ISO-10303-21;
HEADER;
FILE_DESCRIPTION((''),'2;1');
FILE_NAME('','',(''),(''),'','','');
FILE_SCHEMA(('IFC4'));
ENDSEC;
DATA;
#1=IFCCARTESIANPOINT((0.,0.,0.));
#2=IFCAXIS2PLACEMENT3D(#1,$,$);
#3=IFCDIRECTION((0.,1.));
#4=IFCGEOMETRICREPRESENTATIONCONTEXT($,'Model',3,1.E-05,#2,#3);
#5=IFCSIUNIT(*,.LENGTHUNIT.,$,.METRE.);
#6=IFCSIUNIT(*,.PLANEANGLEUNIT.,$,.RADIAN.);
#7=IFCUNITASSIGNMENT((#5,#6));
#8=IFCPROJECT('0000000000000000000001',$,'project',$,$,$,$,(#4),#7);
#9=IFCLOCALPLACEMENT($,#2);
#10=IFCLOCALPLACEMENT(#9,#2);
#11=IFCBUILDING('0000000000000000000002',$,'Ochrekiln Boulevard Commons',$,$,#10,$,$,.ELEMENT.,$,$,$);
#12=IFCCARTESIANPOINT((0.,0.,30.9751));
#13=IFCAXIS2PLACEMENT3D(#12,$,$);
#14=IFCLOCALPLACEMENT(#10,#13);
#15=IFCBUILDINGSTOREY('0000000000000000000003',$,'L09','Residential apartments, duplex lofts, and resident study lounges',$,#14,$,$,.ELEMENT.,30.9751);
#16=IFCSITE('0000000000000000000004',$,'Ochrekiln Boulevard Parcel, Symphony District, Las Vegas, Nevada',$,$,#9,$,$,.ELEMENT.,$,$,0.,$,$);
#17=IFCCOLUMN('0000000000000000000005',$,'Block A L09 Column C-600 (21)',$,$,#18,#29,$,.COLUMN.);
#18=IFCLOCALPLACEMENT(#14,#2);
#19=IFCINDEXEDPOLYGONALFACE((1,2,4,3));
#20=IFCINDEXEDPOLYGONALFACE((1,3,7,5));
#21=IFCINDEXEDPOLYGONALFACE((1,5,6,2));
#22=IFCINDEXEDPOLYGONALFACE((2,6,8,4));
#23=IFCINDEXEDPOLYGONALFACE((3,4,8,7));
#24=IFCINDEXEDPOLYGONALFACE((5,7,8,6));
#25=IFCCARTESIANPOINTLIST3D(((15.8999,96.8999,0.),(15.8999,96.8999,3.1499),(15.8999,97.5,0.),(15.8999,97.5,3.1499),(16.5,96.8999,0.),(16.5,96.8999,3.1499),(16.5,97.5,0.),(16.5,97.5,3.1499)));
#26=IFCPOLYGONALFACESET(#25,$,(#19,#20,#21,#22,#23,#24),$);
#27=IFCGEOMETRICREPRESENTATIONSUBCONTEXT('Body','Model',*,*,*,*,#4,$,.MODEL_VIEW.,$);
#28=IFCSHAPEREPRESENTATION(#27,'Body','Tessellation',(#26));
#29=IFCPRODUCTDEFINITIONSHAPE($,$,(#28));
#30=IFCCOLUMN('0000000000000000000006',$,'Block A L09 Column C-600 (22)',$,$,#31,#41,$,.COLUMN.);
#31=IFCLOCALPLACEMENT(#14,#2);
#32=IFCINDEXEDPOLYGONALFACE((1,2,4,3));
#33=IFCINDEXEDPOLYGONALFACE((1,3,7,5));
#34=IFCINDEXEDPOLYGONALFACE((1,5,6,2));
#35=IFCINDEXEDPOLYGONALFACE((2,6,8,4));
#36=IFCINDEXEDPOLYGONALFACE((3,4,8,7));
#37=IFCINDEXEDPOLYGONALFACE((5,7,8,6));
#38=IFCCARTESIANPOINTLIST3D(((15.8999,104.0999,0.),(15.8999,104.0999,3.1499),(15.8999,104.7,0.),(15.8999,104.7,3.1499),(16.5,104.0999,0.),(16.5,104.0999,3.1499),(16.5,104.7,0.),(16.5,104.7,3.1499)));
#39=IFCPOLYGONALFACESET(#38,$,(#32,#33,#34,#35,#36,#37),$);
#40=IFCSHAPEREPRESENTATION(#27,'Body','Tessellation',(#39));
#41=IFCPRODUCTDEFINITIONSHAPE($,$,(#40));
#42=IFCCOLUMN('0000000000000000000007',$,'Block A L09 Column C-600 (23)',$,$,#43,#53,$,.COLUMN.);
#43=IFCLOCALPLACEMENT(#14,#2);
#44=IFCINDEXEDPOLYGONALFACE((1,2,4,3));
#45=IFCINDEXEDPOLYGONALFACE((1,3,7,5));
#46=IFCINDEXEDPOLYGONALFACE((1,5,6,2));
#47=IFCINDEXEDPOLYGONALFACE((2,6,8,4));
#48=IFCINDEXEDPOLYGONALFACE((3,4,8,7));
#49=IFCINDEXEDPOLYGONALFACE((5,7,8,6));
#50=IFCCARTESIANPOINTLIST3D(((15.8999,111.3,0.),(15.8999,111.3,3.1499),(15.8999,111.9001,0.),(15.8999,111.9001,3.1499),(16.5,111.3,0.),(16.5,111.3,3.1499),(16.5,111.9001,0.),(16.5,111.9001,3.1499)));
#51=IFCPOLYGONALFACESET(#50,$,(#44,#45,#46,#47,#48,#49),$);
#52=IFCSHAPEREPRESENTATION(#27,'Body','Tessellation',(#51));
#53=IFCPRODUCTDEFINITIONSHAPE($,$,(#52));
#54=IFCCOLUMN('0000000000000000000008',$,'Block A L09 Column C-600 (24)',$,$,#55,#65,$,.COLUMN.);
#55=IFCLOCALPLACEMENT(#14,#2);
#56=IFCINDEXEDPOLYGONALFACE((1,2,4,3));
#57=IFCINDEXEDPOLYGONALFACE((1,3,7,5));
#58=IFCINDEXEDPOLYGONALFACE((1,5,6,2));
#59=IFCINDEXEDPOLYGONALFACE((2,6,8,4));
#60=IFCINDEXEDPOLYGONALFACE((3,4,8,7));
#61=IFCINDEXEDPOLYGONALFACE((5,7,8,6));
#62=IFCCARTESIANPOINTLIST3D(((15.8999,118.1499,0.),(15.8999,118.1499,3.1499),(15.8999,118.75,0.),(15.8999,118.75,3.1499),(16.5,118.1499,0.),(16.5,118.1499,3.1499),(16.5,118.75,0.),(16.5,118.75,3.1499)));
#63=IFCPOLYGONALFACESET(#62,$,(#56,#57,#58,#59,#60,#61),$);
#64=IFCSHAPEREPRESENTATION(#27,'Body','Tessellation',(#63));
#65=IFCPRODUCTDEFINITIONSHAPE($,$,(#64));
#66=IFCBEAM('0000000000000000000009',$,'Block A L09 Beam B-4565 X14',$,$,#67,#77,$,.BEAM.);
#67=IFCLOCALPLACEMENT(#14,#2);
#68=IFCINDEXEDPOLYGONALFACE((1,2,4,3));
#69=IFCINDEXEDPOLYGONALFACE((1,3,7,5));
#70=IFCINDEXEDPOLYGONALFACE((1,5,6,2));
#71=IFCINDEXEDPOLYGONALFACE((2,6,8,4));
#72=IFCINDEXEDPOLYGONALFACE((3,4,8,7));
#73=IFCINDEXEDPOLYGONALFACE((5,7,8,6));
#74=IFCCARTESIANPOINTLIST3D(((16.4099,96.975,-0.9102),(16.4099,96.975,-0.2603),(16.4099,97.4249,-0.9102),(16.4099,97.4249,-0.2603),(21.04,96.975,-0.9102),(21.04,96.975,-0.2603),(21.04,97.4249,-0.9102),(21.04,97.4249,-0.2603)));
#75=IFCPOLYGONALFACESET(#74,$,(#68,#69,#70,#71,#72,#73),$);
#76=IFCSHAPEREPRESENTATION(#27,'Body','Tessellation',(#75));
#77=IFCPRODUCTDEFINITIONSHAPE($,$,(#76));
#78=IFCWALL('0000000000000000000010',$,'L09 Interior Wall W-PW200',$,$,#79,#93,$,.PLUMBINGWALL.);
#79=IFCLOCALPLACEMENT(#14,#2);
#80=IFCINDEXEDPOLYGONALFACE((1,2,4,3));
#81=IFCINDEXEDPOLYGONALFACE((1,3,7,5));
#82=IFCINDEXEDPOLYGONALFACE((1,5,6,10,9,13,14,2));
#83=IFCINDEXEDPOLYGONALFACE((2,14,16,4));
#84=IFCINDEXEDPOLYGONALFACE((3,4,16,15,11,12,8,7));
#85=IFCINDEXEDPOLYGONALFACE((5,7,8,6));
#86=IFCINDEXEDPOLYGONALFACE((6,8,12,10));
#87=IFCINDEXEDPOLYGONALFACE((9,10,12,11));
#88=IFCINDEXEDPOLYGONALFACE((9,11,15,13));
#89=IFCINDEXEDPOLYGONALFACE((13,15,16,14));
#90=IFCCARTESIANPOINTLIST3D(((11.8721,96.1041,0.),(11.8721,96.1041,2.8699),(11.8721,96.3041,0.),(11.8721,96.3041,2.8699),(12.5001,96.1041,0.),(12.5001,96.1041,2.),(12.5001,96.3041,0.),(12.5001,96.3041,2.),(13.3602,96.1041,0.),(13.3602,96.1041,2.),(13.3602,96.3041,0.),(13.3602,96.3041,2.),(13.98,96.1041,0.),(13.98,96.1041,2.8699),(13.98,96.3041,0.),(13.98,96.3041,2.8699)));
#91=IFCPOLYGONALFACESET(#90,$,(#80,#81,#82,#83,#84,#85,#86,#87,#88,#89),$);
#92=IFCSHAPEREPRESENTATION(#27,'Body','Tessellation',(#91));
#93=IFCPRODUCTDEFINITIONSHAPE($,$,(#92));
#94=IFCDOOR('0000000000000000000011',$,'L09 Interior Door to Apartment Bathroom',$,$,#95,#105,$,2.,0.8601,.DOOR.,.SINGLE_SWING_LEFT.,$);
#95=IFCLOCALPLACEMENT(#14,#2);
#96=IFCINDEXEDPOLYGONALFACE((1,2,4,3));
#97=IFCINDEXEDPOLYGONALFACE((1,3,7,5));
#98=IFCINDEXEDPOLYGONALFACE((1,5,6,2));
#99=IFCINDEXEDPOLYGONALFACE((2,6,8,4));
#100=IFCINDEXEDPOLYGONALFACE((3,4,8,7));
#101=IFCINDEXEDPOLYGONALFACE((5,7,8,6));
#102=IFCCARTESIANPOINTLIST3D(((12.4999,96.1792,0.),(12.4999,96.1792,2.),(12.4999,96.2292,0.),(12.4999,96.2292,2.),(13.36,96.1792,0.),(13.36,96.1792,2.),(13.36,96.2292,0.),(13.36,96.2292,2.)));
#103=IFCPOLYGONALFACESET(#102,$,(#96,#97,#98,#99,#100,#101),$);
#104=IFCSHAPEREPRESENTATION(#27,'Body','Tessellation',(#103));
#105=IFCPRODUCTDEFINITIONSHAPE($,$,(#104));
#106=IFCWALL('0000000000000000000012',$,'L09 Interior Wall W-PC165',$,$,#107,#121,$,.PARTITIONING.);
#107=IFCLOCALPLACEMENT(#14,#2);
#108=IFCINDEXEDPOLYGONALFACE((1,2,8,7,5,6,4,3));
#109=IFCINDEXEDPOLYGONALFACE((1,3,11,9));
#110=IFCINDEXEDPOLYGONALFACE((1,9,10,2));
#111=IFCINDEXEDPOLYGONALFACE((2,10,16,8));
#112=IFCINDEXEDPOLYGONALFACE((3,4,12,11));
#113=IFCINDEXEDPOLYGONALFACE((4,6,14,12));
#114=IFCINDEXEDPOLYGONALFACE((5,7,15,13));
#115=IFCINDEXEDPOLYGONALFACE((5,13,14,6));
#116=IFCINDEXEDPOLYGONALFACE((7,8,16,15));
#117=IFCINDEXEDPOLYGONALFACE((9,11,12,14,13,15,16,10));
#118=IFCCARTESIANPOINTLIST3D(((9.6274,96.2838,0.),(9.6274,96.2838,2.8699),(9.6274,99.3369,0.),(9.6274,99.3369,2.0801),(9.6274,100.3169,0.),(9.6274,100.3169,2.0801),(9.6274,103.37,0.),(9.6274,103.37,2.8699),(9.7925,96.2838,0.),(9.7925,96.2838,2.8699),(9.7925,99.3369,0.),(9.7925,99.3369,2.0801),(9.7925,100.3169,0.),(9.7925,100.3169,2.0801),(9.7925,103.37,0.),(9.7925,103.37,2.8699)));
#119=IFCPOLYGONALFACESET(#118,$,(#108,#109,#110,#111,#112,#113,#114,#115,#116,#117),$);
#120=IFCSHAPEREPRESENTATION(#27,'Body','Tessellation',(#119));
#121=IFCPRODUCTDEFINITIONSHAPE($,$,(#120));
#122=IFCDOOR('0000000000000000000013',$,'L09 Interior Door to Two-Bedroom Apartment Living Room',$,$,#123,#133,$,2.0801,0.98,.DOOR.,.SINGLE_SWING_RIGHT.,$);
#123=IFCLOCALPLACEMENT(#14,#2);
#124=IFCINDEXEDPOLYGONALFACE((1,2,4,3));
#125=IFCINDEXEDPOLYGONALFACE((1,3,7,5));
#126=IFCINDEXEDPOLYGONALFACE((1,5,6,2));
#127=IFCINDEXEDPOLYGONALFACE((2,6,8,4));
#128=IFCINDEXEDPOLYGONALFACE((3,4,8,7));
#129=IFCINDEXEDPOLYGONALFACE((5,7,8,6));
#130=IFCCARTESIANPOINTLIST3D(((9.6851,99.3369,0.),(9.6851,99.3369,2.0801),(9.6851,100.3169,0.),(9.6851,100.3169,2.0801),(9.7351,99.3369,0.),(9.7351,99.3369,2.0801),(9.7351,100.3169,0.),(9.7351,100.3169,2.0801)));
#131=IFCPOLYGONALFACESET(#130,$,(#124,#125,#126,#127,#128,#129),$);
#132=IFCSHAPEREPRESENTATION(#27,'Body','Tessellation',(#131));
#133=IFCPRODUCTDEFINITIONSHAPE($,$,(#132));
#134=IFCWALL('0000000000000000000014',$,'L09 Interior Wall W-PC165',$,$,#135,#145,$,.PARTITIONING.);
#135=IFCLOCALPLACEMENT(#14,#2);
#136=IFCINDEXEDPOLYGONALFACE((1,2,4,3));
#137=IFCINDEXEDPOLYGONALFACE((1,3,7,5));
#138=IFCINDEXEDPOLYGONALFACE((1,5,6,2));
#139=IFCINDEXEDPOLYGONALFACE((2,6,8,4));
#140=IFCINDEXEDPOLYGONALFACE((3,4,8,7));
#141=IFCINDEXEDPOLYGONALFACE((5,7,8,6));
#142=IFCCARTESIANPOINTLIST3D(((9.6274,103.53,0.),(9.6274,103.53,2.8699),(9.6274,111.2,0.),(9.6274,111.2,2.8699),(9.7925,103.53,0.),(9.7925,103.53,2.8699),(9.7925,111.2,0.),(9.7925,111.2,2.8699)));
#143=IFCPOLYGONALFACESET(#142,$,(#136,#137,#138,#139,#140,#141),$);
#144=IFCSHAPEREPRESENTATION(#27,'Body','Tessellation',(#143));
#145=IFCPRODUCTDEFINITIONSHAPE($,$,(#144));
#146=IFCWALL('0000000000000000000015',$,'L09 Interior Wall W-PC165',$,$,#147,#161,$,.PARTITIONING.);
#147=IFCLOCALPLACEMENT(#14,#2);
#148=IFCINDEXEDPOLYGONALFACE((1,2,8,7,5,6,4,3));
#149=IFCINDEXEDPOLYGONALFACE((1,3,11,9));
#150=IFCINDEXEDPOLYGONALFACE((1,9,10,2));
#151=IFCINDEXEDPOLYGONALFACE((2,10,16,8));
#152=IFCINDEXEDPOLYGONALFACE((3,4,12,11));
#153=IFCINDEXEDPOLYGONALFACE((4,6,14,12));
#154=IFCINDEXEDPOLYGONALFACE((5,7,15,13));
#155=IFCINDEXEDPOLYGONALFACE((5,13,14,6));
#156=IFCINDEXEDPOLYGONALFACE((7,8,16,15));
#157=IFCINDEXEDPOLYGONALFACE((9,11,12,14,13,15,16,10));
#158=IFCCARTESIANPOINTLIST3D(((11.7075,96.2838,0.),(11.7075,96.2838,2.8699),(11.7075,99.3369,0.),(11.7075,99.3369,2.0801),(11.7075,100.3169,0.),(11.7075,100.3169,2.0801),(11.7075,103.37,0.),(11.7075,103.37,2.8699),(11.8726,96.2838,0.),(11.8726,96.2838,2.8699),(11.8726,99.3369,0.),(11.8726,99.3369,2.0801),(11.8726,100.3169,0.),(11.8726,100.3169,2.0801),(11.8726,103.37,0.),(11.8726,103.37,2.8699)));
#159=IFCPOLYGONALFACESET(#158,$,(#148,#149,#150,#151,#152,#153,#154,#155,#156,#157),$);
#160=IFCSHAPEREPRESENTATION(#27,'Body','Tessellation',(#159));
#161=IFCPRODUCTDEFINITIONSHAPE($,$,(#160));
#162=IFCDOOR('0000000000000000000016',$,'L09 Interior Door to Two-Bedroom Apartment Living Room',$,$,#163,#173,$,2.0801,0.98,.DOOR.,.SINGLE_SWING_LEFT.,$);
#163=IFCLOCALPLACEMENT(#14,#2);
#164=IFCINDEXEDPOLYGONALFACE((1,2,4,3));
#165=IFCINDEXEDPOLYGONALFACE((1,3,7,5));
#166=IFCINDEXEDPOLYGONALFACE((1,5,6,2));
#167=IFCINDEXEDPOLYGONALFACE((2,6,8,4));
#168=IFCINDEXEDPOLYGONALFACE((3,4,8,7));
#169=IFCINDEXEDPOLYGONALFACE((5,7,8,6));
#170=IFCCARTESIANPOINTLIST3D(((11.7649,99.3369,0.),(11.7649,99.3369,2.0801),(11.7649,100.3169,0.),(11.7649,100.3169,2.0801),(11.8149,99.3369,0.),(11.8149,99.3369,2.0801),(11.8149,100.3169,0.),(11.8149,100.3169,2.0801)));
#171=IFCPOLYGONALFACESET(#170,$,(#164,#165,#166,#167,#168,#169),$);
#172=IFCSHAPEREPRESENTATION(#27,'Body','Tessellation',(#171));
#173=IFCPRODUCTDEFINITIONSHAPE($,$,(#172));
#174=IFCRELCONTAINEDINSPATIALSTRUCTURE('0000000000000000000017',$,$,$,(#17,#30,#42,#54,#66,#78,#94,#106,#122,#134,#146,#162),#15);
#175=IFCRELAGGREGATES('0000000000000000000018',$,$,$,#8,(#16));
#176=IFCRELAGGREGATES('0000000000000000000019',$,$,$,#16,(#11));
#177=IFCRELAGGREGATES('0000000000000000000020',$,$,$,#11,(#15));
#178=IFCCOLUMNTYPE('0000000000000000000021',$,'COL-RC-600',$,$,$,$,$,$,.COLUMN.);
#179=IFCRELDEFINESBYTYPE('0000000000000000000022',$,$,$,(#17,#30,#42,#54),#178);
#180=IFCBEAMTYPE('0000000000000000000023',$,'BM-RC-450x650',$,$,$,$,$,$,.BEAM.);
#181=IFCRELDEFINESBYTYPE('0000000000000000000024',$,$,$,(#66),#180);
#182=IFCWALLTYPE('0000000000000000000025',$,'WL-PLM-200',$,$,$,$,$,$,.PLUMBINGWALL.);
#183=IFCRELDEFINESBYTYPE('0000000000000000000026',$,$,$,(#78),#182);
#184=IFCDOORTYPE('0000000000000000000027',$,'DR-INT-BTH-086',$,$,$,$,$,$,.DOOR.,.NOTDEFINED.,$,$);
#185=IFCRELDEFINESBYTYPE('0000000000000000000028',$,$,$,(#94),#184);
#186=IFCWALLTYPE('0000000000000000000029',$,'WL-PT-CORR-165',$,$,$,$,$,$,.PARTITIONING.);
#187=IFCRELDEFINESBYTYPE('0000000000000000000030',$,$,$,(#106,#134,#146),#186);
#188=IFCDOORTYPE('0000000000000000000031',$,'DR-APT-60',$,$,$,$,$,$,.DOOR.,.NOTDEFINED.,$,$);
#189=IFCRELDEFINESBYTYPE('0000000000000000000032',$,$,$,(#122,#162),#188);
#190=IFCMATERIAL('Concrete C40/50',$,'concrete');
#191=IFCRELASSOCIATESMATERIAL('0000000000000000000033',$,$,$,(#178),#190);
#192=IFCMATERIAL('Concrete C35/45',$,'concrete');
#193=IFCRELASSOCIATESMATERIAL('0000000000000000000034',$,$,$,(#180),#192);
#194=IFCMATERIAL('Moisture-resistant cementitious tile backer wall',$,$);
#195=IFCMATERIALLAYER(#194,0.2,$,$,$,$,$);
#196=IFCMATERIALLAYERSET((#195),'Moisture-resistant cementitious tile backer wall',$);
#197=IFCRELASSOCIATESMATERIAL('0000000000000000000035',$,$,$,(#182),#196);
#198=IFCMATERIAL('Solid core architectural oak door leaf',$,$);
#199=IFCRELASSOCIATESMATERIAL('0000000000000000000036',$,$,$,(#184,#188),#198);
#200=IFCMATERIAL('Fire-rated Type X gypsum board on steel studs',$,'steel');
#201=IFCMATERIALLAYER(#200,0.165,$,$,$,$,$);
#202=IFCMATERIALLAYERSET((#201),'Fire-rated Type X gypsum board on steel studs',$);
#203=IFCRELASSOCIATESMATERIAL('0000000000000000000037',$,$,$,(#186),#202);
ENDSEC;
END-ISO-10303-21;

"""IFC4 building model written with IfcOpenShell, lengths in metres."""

from ifc_helpers import new_model, si_unit, direction, frame, frame_2d, origin, origin_2d, place, context, subcontext, project, spatial, rectangle, extrude, material, layer, layer_set, material_profile, profile_set, type_object, element, fill, save


model = new_model("IFC4")

# Units and contexts
model_context = context("Model", 3, precision=1e-05, world=origin(), true_north=direction((0.0, 1.0)))
body_context = subcontext(model_context, "Body", "Model", "MODEL_VIEW")
ifc_project = project(units=[si_unit("LENGTHUNIT", "METRE"), si_unit("PLANEANGLEUNIT", "RADIAN")], contexts=[model_context])

# Site, building, storey
site_placement = place(None, origin())
site = spatial("IfcSite", under=ifc_project, at=site_placement, Name="Ochrekiln Boulevard Parcel, Symphony District, Las Vegas, Nevada", CompositionType="ELEMENT", RefElevation=0.0)
building_placement = place(site_placement, origin())
building = spatial("IfcBuilding", under=site, at=building_placement, Name="Ochrekiln Boulevard Commons", CompositionType="ELEMENT")
storey_placement = place(building_placement, frame((0.0, 0.0, 30.9751)))
storey = spatial("IfcBuildingStorey", under=building, at=storey_placement, Name="L09", Description="Residential apartments, duplex lofts, and resident study lounges", CompositionType="ELEMENT", Elevation=30.9751)

# Columns
ifc_material_1 = material(Name="Concrete C40/50", Category="concrete")
ifc_material_profile_1 = material_profile(ifc_material_1, rectangle(XDim=0.6001, YDim=0.6001, at=origin_2d()), Name="RC-COL-600x600")
ifc_profile_set_1 = profile_set([ifc_material_profile_1], Name="Concrete C40/50")
column_type = type_object("IfcColumnType", Name="COL-RC-600", PredefinedType="COLUMN", material=ifc_profile_set_1)
for number, where, z_axis, x_axis, name in (
    (1, (16.2, 97.2, 0.0), (0.0, 0.0, 1.0), (1.0, 0.0, 0.0), "Block A L09 Column C-600 (21)"),
    (2, (16.2, 104.3999, 0.0), (0.0, 0.0, 1.0), (1.0, 0.0, 0.0), "Block A L09 Column C-600 (22)"),
    (3, (16.2, 111.6001, 0.0), (0.0, 0.0, 1.0), (1.0, 0.0, 0.0), "Block A L09 Column C-600 (23)"),
    (4, (16.2, 118.45, 0.0), (0.0, 0.0, 1.0), (1.0, 0.0, 0.0), "Block A L09 Column C-600 (24)"),
):
    element("IfcColumn", number, at=place(storey_placement, frame(where, z_axis=z_axis, x_axis=x_axis)), inside=storey, type_object=column_type, Name=name, PredefinedType="COLUMN", context=body_context, shape_type="SweptSolid", body=[
        extrude(rectangle(XDim=0.6001, YDim=0.6001, at=origin_2d()), origin(), (0.0, 0.0, 1.0), 3.1499),
    ])

# Beam
ifc_material_2 = material(Name="Concrete C35/45", Category="concrete")
ifc_material_profile_2 = material_profile(ifc_material_2, rectangle(XDim=0.45, YDim=0.6499, at=origin_2d()), Name="RC-BM-450x650")
ifc_profile_set_2 = profile_set([ifc_material_profile_2], Name="Concrete C35/45")
beam_type = type_object("IfcBeamType", Name="BM-RC-450x650", PredefinedType="BEAM", material=ifc_profile_set_2)
beam_placement = place(storey_placement, frame((16.4099, 97.2, -0.5852), z_axis=(1.0, 0.0, 0.0), x_axis=(0.0, 1.0, 0.0)))
element("IfcBeam", 5, at=beam_placement, inside=storey, type_object=beam_type, Name="Block A L09 Beam B-4565 X14", PredefinedType="BEAM", context=body_context, shape_type="SweptSolid", body=[
    extrude(rectangle(XDim=0.45, YDim=0.6499, at=origin_2d()), origin(), (0.0, 0.0, 1.0), 4.6301),
])

# Walls, openings, doors
ifc_material_3 = material(Name="Moisture-resistant cementitious tile backer wall")
ifc_layer_1 = layer(ifc_material_3, 0.2)
ifc_layer_set_1 = layer_set([ifc_layer_1], Name="Moisture-resistant cementitious tile backer wall")
wall_type_1 = type_object("IfcWallType", Name="WL-PLM-200", PredefinedType="PLUMBINGWALL", material=ifc_layer_set_1)
wall_1_placement = place(storey_placement, frame((11.8721, 96.2041, 0.0), z_axis=(0.0, 0.0, 1.0), x_axis=(1.0, 0.0, 0.0)))
wall_1 = element("IfcWall", 6, at=wall_1_placement, inside=storey, type_object=wall_type_1, Name="L09 Interior Wall W-PW200", PredefinedType="PLUMBINGWALL", context=body_context, shape_type="SweptSolid", body=[
    extrude(rectangle(XDim=2.1079, YDim=0.2, at=frame_2d((1.054, 0.0))), origin(), (0.0, 0.0, 1.0), 2.8699),
])
opening_1_placement = place(wall_1_placement, frame((0.6279, 0.0, 0.0)))
opening_1 = element("IfcOpeningElement", 7, at=opening_1_placement, cuts=wall_1, PredefinedType="OPENING", context=body_context, shape_type="SweptSolid", body=[
    extrude(rectangle(XDim=0.8601, YDim=2.0, at=frame_2d((0.4302, 1.0))), frame((0.0, 0.1099, 0.0), z_axis=(0.0, -1.0, 0.0), x_axis=(1.0, 0.0, 0.0)), (0.0, 0.0, 1.0), 0.22),
])
ifc_material_4 = material(Name="Solid core architectural oak door leaf")
door_type_1 = type_object("IfcDoorType", Name="DR-INT-BTH-086", OperationType="NOTDEFINED", PredefinedType="DOOR", material=ifc_material_4)
door_1_placement = place(opening_1_placement, frame((0.8601, 0.0, 0.0), z_axis=(0.0, 0.0, 1.0), x_axis=(-1.0, 0.0, 0.0)))
door_1 = element("IfcDoor", 8, at=door_1_placement, inside=storey, type_object=door_type_1, Name="L09 Interior Door to Apartment Bathroom", OperationType="SINGLE_SWING_LEFT", OverallHeight=2.0, OverallWidth=0.8601, PredefinedType="DOOR", context=body_context, shape_type="SweptSolid", body=[
    extrude(rectangle(XDim=0.8601, YDim=2.0, at=frame_2d((0.4302, 1.0))), frame((0.0, 0.0249, 0.0), z_axis=(0.0, -1.0, 0.0), x_axis=(1.0, 0.0, 0.0)), (0.0, 0.0, 1.0), 0.05),
])
fill(opening_1, door_1)
ifc_material_5 = material(Name="Fire-rated Type X gypsum board on steel studs", Category="steel")
ifc_layer_2 = layer(ifc_material_5, 0.165)
ifc_layer_set_2 = layer_set([ifc_layer_2], Name="Fire-rated Type X gypsum board on steel studs")
wall_type_2 = type_object("IfcWallType", Name="WL-PT-CORR-165", PredefinedType="PARTITIONING", material=ifc_layer_set_2)
wall_2_placement = place(storey_placement, frame((9.71, 96.2839, 0.0), z_axis=(0.0, 0.0, 1.0), x_axis=(0.0, 1.0, 0.0)))
wall_2 = element("IfcWall", 9, at=wall_2_placement, inside=storey, type_object=wall_type_2, Name="L09 Interior Wall W-PC165", PredefinedType="PARTITIONING", context=body_context, shape_type="SweptSolid", body=[
    extrude(rectangle(XDim=7.0862, YDim=0.165, at=frame_2d((3.543, 0.0))), origin(), (0.0, 0.0, 1.0), 2.8699),
])
opening_2_placement = place(wall_2_placement, frame((3.053, 0.0, 0.0)))
opening_2 = element("IfcOpeningElement", 10, at=opening_2_placement, cuts=wall_2, PredefinedType="OPENING", context=body_context, shape_type="SweptSolid", body=[
    extrude(rectangle(XDim=0.98, YDim=2.0801, at=frame_2d((0.49, 1.04))), frame((0.0, 0.0925, 0.0), z_axis=(0.0, -1.0, 0.0), x_axis=(1.0, 0.0, 0.0)), (0.0, 0.0, 1.0), 0.1851),
])
door_type_2 = type_object("IfcDoorType", Name="DR-APT-60", OperationType="NOTDEFINED", PredefinedType="DOOR", material=ifc_material_4)
door_2_placement = place(opening_2_placement, origin())
door_2 = element("IfcDoor", 11, at=door_2_placement, inside=storey, type_object=door_type_2, Name="L09 Interior Door to Two-Bedroom Apartment Living Room", OperationType="SINGLE_SWING_RIGHT", OverallHeight=2.0801, OverallWidth=0.98, PredefinedType="DOOR", context=body_context, shape_type="SweptSolid", body=[
    extrude(rectangle(XDim=0.98, YDim=2.0801, at=frame_2d((0.49, 1.04))), frame((0.0, 0.0249, 0.0), z_axis=(0.0, -1.0, 0.0), x_axis=(1.0, 0.0, 0.0)), (0.0, 0.0, 1.0), 0.05),
])
fill(opening_2, door_2)

# Wall
wall_3_placement = place(storey_placement, frame((9.71, 103.53, 0.0), z_axis=(0.0, 0.0, 1.0), x_axis=(0.0, 1.0, 0.0)))
element("IfcWall", 12, at=wall_3_placement, inside=storey, type_object=wall_type_2, Name="L09 Interior Wall W-PC165", PredefinedType="PARTITIONING", context=body_context, shape_type="SweptSolid", body=[
    extrude(rectangle(XDim=7.6699, YDim=0.165, at=frame_2d((3.835, 0.0))), origin(), (0.0, 0.0, 1.0), 2.8699),
])

# Wall, opening, door
wall_4_placement = place(storey_placement, frame((11.79, 96.2839, 0.0), z_axis=(0.0, 0.0, 1.0), x_axis=(0.0, 1.0, 0.0)))
wall_4 = element("IfcWall", 13, at=wall_4_placement, inside=storey, type_object=wall_type_2, Name="L09 Interior Wall W-PC165", PredefinedType="PARTITIONING", context=body_context, shape_type="SweptSolid", body=[
    extrude(rectangle(XDim=7.0862, YDim=0.165, at=frame_2d((3.543, 0.0))), origin(), (0.0, 0.0, 1.0), 2.8699),
])
opening_3_placement = place(wall_4_placement, frame((3.053, 0.0, 0.0)))
opening_3 = element("IfcOpeningElement", 14, at=opening_3_placement, cuts=wall_4, PredefinedType="OPENING", context=body_context, shape_type="SweptSolid", body=[
    extrude(rectangle(XDim=0.98, YDim=2.0801, at=frame_2d((0.49, 1.04))), frame((0.0, 0.0925, 0.0), z_axis=(0.0, -1.0, 0.0), x_axis=(1.0, 0.0, 0.0)), (0.0, 0.0, 1.0), 0.1851),
])
door_3_placement = place(opening_3_placement, frame((0.98, 0.0, 0.0), z_axis=(0.0, 0.0, 1.0), x_axis=(-1.0, 0.0, 0.0)))
door_3 = element("IfcDoor", 15, at=door_3_placement, inside=storey, type_object=door_type_2, Name="L09 Interior Door to Two-Bedroom Apartment Living Room", OperationType="SINGLE_SWING_LEFT", OverallHeight=2.0801, OverallWidth=0.98, PredefinedType="DOOR", context=body_context, shape_type="SweptSolid", body=[
    extrude(rectangle(XDim=0.98, YDim=2.0801, at=frame_2d((0.49, 1.04))), frame((0.0, 0.0249, 0.0), z_axis=(0.0, -1.0, 0.0), x_axis=(1.0, 0.0, 0.0)), (0.0, 0.0, 1.0), 0.05),
])
fill(opening_3, door_3)

save(model, "model.ifc")
